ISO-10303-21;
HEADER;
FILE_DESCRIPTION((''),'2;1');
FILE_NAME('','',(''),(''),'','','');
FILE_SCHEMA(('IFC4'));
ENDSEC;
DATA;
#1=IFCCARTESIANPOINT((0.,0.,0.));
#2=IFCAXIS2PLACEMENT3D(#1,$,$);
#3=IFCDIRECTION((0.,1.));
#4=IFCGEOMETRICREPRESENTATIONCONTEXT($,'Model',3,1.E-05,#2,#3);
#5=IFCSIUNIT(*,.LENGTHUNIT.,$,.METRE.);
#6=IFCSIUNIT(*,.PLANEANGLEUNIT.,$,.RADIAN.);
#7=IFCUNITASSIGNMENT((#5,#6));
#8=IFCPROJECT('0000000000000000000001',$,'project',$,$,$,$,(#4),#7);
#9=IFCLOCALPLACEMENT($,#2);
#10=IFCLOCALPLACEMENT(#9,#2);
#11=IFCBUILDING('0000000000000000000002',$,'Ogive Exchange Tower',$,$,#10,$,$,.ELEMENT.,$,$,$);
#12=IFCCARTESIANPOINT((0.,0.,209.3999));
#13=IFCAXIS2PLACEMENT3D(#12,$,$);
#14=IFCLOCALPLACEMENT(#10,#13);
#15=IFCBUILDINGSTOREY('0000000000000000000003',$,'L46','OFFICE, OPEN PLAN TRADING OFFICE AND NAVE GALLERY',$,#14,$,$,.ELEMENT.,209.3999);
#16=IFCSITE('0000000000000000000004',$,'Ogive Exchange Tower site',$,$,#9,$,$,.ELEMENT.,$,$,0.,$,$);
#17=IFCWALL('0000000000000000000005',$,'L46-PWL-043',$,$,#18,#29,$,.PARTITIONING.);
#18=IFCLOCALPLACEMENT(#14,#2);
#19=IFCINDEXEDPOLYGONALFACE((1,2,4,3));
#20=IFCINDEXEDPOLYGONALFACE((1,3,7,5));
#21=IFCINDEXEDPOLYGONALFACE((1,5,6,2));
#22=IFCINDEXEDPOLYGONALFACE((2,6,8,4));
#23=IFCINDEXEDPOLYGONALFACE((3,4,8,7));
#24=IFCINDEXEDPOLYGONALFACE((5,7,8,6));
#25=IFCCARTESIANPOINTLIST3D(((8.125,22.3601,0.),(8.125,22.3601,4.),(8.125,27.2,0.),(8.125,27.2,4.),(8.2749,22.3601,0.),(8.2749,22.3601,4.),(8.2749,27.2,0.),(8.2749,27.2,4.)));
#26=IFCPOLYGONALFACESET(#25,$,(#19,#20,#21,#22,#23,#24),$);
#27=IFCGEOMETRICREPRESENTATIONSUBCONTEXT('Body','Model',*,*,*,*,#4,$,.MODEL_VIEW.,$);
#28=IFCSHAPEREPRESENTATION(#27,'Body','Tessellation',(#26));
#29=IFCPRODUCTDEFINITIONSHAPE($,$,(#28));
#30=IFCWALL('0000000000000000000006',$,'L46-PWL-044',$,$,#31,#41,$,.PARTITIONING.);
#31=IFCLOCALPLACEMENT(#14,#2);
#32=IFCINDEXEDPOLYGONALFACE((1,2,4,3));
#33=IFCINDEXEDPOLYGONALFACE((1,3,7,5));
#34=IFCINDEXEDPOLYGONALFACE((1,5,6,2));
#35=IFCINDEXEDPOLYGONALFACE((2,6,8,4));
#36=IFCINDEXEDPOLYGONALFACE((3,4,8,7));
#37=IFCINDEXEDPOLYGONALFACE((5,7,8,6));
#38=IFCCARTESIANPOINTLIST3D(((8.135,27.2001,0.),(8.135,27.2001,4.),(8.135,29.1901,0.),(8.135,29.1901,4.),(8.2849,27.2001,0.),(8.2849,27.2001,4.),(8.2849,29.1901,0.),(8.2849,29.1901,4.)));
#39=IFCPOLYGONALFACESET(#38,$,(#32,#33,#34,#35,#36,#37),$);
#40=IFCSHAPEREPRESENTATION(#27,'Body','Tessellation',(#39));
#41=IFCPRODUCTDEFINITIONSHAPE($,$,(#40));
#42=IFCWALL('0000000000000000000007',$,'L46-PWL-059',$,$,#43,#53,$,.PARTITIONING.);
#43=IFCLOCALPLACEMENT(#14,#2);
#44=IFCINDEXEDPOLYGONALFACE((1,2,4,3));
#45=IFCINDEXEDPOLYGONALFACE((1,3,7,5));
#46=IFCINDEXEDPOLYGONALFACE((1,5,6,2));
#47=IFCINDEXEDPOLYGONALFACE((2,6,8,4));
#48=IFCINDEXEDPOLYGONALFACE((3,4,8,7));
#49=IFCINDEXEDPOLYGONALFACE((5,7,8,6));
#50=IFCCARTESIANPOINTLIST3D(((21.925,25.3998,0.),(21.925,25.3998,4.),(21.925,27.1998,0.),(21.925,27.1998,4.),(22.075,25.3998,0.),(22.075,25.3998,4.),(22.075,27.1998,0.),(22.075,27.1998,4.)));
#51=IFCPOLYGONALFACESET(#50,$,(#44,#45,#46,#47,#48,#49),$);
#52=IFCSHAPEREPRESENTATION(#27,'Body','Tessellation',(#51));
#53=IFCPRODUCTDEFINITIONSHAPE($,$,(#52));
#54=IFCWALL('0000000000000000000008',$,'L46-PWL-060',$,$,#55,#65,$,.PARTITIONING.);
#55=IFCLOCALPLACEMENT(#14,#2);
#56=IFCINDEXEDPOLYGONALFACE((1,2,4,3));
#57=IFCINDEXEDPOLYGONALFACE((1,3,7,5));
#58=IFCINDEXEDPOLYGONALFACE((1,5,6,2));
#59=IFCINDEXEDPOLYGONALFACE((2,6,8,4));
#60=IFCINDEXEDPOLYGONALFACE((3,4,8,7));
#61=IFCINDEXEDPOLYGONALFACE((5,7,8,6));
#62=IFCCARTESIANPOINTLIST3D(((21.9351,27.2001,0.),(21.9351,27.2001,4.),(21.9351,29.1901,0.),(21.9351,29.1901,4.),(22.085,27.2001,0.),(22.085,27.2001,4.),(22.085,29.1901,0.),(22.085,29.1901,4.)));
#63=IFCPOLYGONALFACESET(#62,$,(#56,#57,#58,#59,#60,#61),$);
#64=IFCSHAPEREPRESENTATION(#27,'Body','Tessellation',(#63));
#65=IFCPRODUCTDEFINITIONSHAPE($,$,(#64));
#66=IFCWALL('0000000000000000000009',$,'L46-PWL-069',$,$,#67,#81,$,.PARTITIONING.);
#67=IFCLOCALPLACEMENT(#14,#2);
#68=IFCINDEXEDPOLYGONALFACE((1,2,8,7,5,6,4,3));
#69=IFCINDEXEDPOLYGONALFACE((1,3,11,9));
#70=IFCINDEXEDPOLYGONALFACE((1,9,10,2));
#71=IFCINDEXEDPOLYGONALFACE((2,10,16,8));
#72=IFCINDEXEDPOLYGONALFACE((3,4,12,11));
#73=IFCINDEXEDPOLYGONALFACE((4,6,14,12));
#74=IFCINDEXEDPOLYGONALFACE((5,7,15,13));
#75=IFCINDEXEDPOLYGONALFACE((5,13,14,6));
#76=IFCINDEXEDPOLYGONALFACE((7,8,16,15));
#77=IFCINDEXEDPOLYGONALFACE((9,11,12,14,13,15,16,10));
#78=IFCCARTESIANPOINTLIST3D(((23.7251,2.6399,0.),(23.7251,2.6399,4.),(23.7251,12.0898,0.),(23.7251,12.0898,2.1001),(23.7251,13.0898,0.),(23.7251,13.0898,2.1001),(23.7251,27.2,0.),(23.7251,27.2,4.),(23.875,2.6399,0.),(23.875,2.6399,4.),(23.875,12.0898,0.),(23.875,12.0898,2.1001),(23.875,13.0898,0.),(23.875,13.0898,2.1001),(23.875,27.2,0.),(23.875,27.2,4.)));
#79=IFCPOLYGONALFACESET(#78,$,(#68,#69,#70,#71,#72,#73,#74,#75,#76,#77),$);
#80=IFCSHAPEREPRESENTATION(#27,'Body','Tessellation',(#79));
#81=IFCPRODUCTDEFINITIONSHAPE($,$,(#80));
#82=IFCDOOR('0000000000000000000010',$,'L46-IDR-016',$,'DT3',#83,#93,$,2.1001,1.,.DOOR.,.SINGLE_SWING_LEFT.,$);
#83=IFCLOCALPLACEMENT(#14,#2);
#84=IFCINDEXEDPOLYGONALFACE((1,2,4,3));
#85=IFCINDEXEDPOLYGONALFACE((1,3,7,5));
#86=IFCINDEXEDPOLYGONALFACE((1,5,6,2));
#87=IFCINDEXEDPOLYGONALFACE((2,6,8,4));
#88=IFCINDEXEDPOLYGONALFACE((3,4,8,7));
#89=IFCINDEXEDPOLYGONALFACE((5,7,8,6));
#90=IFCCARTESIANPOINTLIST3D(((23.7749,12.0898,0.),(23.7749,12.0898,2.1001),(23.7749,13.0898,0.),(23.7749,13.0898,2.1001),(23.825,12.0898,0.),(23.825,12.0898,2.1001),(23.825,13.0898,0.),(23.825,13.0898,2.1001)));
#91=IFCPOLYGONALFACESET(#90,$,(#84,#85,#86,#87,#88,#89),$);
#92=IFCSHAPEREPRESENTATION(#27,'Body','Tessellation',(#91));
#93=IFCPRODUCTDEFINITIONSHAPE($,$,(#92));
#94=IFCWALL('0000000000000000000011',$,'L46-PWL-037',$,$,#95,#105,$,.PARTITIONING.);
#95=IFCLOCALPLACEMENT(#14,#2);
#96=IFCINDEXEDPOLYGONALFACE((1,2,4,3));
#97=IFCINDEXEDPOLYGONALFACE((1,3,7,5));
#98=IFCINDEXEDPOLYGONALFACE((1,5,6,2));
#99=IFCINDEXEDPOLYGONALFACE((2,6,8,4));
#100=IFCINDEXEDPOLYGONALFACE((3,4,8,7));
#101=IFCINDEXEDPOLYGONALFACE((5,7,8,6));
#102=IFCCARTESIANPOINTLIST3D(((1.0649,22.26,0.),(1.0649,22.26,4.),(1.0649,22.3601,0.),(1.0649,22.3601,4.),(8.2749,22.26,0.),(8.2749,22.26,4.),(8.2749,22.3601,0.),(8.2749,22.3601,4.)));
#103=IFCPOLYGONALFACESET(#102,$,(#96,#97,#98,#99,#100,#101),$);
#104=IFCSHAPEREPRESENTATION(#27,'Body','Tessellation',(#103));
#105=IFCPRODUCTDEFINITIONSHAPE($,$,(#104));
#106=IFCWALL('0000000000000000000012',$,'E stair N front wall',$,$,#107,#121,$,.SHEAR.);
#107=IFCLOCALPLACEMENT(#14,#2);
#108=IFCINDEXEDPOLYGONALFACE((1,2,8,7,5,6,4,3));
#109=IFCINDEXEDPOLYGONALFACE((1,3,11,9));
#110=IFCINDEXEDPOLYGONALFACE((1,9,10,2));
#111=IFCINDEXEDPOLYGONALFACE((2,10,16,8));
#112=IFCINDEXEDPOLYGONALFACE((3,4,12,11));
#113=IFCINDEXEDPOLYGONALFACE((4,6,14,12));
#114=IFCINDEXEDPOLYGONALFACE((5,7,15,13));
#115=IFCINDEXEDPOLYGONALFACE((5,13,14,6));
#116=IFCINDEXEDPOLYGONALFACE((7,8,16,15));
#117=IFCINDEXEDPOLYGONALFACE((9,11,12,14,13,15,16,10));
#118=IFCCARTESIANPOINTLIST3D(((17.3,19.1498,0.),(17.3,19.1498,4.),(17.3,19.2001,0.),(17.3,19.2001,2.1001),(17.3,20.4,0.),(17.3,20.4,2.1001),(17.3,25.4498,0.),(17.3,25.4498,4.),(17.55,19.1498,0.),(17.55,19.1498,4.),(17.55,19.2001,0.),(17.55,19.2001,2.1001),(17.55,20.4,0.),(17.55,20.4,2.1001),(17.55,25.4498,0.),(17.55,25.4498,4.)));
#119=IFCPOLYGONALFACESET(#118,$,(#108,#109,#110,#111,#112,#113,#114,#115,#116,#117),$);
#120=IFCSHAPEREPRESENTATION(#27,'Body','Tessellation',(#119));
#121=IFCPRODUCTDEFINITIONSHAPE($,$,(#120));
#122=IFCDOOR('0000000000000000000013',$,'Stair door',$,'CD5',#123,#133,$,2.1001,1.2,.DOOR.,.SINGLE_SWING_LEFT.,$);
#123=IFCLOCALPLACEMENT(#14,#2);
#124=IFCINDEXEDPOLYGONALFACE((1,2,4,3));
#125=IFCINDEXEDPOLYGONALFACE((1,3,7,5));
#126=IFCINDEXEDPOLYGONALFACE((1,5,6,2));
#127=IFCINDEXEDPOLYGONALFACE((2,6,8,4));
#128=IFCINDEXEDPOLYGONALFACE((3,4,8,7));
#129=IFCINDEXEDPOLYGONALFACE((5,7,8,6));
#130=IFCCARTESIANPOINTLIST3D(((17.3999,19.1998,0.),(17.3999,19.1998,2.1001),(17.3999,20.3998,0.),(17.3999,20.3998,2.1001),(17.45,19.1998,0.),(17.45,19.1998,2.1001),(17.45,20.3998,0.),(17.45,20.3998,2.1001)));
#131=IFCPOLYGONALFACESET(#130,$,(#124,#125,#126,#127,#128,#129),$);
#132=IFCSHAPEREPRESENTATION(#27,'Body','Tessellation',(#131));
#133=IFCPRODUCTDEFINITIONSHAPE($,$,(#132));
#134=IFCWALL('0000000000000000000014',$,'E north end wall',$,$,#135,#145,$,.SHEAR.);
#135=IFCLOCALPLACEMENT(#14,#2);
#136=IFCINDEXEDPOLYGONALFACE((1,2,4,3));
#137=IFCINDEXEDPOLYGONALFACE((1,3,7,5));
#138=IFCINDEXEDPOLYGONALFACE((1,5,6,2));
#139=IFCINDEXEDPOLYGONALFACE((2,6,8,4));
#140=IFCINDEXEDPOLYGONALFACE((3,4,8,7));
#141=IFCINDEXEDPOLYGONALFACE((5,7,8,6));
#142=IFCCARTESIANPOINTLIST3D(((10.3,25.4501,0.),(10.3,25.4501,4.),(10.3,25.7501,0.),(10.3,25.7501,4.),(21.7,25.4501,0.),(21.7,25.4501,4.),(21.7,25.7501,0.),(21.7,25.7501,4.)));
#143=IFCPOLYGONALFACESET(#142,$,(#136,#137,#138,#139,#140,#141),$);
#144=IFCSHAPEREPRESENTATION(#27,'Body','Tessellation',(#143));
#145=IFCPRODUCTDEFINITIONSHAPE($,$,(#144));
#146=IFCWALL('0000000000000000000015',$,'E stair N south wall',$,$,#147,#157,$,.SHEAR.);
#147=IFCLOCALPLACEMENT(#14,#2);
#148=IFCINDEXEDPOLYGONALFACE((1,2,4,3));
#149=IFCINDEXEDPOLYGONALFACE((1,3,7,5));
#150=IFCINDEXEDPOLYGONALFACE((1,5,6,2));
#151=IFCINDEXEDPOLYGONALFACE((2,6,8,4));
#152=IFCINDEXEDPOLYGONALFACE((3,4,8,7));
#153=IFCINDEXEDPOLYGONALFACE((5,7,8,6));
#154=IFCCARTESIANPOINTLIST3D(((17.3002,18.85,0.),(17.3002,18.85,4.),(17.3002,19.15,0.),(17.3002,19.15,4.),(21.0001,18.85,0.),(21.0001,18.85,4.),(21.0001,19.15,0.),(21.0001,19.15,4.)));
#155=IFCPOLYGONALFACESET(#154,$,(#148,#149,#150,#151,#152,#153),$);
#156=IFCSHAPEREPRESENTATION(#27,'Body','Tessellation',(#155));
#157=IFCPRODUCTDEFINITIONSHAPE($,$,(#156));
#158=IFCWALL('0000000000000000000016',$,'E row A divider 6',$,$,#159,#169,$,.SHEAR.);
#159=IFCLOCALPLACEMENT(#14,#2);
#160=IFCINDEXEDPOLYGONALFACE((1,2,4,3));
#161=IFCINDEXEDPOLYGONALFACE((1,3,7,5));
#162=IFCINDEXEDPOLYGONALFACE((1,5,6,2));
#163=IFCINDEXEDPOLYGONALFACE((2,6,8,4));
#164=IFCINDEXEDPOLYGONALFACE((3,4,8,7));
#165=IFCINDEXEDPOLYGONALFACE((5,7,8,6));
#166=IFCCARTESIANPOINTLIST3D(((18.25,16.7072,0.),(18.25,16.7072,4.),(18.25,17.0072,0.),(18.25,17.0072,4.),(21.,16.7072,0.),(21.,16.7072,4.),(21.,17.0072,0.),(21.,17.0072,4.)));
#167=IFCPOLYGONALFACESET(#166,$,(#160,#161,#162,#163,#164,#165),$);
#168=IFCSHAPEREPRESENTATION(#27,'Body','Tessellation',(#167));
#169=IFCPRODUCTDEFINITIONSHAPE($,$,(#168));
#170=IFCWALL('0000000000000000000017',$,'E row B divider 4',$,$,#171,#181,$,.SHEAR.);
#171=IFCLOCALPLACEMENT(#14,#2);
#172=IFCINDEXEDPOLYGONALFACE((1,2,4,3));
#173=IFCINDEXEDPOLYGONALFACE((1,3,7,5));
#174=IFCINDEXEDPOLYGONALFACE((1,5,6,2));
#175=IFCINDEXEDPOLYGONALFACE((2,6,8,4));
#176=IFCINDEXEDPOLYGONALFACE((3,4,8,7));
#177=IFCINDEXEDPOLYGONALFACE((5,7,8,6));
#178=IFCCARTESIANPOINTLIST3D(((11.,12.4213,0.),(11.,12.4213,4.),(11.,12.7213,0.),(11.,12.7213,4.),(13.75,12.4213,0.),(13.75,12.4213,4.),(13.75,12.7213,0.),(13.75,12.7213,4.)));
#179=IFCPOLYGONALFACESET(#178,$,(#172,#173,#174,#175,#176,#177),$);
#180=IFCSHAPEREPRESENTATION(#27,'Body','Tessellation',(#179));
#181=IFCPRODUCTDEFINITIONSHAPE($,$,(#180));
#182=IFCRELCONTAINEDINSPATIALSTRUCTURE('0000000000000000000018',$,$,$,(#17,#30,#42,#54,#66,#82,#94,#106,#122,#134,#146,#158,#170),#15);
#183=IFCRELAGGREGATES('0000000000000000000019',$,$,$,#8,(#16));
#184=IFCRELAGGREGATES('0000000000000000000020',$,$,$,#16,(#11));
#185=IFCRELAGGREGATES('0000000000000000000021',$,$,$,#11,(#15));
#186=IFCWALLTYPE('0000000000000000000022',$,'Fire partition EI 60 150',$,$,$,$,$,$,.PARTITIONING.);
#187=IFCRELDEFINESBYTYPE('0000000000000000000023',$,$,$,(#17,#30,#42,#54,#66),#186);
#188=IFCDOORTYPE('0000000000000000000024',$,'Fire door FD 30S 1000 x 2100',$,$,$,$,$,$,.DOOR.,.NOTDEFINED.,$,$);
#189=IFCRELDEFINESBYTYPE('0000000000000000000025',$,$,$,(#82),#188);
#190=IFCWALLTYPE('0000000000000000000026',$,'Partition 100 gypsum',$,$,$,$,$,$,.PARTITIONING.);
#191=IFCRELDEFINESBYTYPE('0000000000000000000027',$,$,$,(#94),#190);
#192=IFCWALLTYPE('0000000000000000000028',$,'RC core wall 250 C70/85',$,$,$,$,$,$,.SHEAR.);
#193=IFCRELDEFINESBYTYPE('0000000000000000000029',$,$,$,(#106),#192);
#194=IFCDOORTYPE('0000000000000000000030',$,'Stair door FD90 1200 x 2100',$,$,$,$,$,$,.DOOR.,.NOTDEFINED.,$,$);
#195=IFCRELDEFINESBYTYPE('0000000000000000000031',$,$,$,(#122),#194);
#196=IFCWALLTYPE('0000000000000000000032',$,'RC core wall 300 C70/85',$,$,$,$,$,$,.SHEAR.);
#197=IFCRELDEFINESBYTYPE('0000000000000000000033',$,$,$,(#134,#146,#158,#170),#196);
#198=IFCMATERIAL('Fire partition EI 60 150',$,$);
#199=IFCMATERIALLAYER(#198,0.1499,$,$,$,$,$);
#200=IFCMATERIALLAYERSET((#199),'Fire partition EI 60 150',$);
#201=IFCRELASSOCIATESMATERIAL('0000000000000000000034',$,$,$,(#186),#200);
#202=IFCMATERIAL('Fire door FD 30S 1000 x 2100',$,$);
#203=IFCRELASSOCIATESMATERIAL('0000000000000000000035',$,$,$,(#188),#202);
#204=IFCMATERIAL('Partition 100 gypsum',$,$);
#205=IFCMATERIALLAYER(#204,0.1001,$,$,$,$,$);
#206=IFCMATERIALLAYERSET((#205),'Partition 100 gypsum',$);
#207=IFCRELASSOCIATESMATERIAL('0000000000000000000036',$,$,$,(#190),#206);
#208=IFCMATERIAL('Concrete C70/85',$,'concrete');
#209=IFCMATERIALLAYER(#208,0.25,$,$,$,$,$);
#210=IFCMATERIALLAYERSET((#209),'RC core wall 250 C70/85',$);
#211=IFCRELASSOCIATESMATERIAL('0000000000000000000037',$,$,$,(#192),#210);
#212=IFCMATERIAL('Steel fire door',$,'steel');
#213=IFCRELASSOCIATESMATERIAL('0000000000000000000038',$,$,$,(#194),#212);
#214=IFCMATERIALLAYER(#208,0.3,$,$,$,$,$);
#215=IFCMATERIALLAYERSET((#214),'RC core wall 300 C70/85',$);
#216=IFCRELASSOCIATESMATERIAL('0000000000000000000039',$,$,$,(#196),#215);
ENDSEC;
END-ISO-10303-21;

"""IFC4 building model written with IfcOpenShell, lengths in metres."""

from ifc_helpers import new_model, si_unit, direction, frame, frame_2d, origin, place, context, subcontext, project, spatial, rectangle, extrude, material, layer, layer_set, type_object, element, fill, save


model = new_model("IFC4")

# Units and contexts
model_context = context("Model", 3, precision=1e-05, world=origin(), true_north=direction((0.0, 1.0)))
body_context = subcontext(model_context, "Body", "Model", "MODEL_VIEW")
ifc_project = project(units=[si_unit("LENGTHUNIT", "METRE"), si_unit("PLANEANGLEUNIT", "RADIAN")], contexts=[model_context])

# Site, building, storey
site_placement = place(None, origin())
site = spatial("IfcSite", under=ifc_project, at=site_placement, Name="Ogive Exchange Tower site", CompositionType="ELEMENT", RefElevation=0.0)
building_placement = place(site_placement, origin())
building = spatial("IfcBuilding", under=site, at=building_placement, Name="Ogive Exchange Tower", CompositionType="ELEMENT")
storey_placement = place(building_placement, frame((0.0, 0.0, 209.3999)))
storey = spatial("IfcBuildingStorey", under=building, at=storey_placement, Name="L46", Description="OFFICE, OPEN PLAN TRADING OFFICE AND NAVE GALLERY", CompositionType="ELEMENT", Elevation=209.3999)

# Shared definitions
ifc_material_1 = material(Name="Fire partition EI 60 150")
ifc_layer_1 = layer(ifc_material_1, 0.1499)
ifc_layer_set_1 = layer_set([ifc_layer_1], Name="Fire partition EI 60 150")
wall_type_1 = type_object("IfcWallType", Name="Fire partition EI 60 150", PredefinedType="PARTITIONING", material=ifc_layer_set_1)
ifc_material_2 = material(Name="Fire door FD 30S 1000 x 2100")
door_type_1 = type_object("IfcDoorType", Name="Fire door FD 30S 1000 x 2100", OperationType="NOTDEFINED", PredefinedType="DOOR", material=ifc_material_2)

# Walls
wall_1_placement = place(storey_placement, frame((8.2, 22.3601, 0.0), z_axis=(0.0, 0.0, 1.0), x_axis=(0.0, 1.0, 0.0)))
element("IfcWall", 1, at=wall_1_placement, inside=storey, type_object=wall_type_1, Name="L46-PWL-043", PredefinedType="PARTITIONING", context=body_context, shape_type="SweptSolid", body=[
    extrude(rectangle(XDim=4.8398, YDim=0.1499, at=frame_2d((2.4199, 0.0))), origin(), (0.0, 0.0, 1.0), 4.0),
])
wall_2_placement = place(storey_placement, frame((8.21, 27.2, 0.0), z_axis=(0.0, 0.0, 1.0), x_axis=(0.0, 1.0, 0.0)))
element("IfcWall", 2, at=wall_2_placement, inside=storey, type_object=wall_type_1, Name="L46-PWL-044", PredefinedType="PARTITIONING", context=body_context, shape_type="SweptSolid", body=[
    extrude(rectangle(XDim=1.99, YDim=0.1499, at=frame_2d((0.9951, 0.0))), origin(), (0.0, 0.0, 1.0), 4.0),
])
wall_3_placement = place(storey_placement, frame((22.0, 25.3999, 0.0), z_axis=(0.0, 0.0, 1.0), x_axis=(0.0, 1.0, 0.0)))
element("IfcWall", 3, at=wall_3_placement, inside=storey, type_object=wall_type_1, Name="L46-PWL-059", PredefinedType="PARTITIONING", context=body_context, shape_type="SweptSolid", body=[
    extrude(rectangle(XDim=1.8, YDim=0.1499, at=frame_2d((0.8999, 0.0))), origin(), (0.0, 0.0, 1.0), 4.0),
])
wall_4_placement = place(storey_placement, frame((22.01, 27.2, 0.0), z_axis=(0.0, 0.0, 1.0), x_axis=(0.0, 1.0, 0.0)))
element("IfcWall", 4, at=wall_4_placement, inside=storey, type_object=wall_type_1, Name="L46-PWL-060", PredefinedType="PARTITIONING", context=body_context, shape_type="SweptSolid", body=[
    extrude(rectangle(XDim=1.99, YDim=0.1499, at=frame_2d((0.9951, 0.0))), origin(), (0.0, 0.0, 1.0), 4.0),
])

# Wall, opening, door
wall_5_placement = place(storey_placement, frame((23.8, 27.2, 0.0), z_axis=(0.0, 0.0, 1.0), x_axis=(0.0, -1.0, 0.0)))
wall_5 = element("IfcWall", 5, at=wall_5_placement, inside=storey, type_object=wall_type_1, Name="L46-PWL-069", PredefinedType="PARTITIONING", context=body_context, shape_type="SweptSolid", body=[
    extrude(rectangle(XDim=24.5601, YDim=0.1499, at=frame_2d((12.28, 0.0))), origin(), (0.0, 0.0, 1.0), 4.0),
])
opening_1_placement = place(wall_5_placement, frame((14.1101, 0.0, 0.0)))
opening_1 = element("IfcOpeningElement", 6, at=opening_1_placement, cuts=wall_5, PredefinedType="OPENING", context=body_context, shape_type="SweptSolid", body=[
    extrude(rectangle(XDim=1.0, YDim=2.1001, at=frame_2d((0.5, 1.05))), frame((0.0, 0.085, 0.0), z_axis=(0.0, -1.0, 0.0), x_axis=(1.0, 0.0, 0.0)), (0.0, 0.0, 1.0), 0.1699),
])
door_1_placement = place(opening_1_placement, origin())
door_1 = element("IfcDoor", 7, at=door_1_placement, inside=storey, type_object=door_type_1, Name="L46-IDR-016", ObjectType="DT3", OperationType="SINGLE_SWING_LEFT", OverallHeight=2.1001, OverallWidth=1.0, PredefinedType="DOOR", context=body_context, shape_type="SweptSolid", body=[
    extrude(rectangle(XDim=1.0, YDim=2.1001, at=frame_2d((0.5, 1.05))), frame((0.0, 0.0249, 0.0), z_axis=(0.0, -1.0, 0.0), x_axis=(1.0, 0.0, 0.0)), (0.0, 0.0, 1.0), 0.05),
])
fill(opening_1, door_1)

# Wall
ifc_material_3 = material(Name="Partition 100 gypsum")
ifc_layer_2 = layer(ifc_material_3, 0.1001)
ifc_layer_set_2 = layer_set([ifc_layer_2], Name="Partition 100 gypsum")
wall_type_2 = type_object("IfcWallType", Name="Partition 100 gypsum", PredefinedType="PARTITIONING", material=ifc_layer_set_2)
wall_6_placement = place(storey_placement, frame((1.0649, 22.3101, 0.0), z_axis=(0.0, 0.0, 1.0), x_axis=(1.0, 0.0, 0.0)))
element("IfcWall", 8, at=wall_6_placement, inside=storey, type_object=wall_type_2, Name="L46-PWL-037", PredefinedType="PARTITIONING", context=body_context, shape_type="SweptSolid", body=[
    extrude(rectangle(XDim=7.21, YDim=0.1001, at=frame_2d((3.605, 0.0))), origin(), (0.0, 0.0, 1.0), 4.0),
])

# Wall, opening, door
ifc_material_4 = material(Name="Concrete C70/85", Category="concrete")
ifc_layer_3 = layer(ifc_material_4, 0.25)
ifc_layer_set_3 = layer_set([ifc_layer_3], Name="RC core wall 250 C70/85")
wall_type_3 = type_object("IfcWallType", Name="RC core wall 250 C70/85", PredefinedType="SHEAR", material=ifc_layer_set_3)
wall_7_placement = place(storey_placement, frame((17.425, 19.1499, 0.0), z_axis=(0.0, 0.0, 1.0), x_axis=(0.0, 1.0, 0.0)))
wall_7 = element("IfcWall", 9, at=wall_7_placement, inside=storey, type_object=wall_type_3, Name="E stair N front wall", PredefinedType="SHEAR", context=body_context, shape_type="SweptSolid", body=[
    extrude(rectangle(XDim=6.3, YDim=0.25, at=frame_2d((3.1499, 0.0))), origin(), (0.0, 0.0, 1.0), 4.0),
])
opening_2_placement = place(wall_7_placement, frame((0.05, 0.0, 0.0)))
opening_2 = element("IfcOpeningElement", 10, at=opening_2_placement, cuts=wall_7, PredefinedType="OPENING", context=body_context, shape_type="SweptSolid", body=[
    extrude(rectangle(XDim=1.2, YDim=2.1001, at=frame_2d((0.6001, 1.05))), frame((0.0, 0.135, 0.0), z_axis=(0.0, -1.0, 0.0), x_axis=(1.0, 0.0, 0.0)), (0.0, 0.0, 1.0), 0.27),
])
ifc_material_5 = material(Name="Steel fire door", Category="steel")
door_type_2 = type_object("IfcDoorType", Name="Stair door FD90 1200 x 2100", OperationType="NOTDEFINED", PredefinedType="DOOR", material=ifc_material_5)
door_2_placement = place(opening_2_placement, frame((1.2, 0.0, 0.0), z_axis=(0.0, 0.0, 1.0), x_axis=(-1.0, 0.0, 0.0)))
door_2 = element("IfcDoor", 11, at=door_2_placement, inside=storey, type_object=door_type_2, Name="Stair door", ObjectType="CD5", OperationType="SINGLE_SWING_LEFT", OverallHeight=2.1001, OverallWidth=1.2, PredefinedType="DOOR", context=body_context, shape_type="SweptSolid", body=[
    extrude(rectangle(XDim=1.2, YDim=2.1001, at=frame_2d((0.6001, 1.05))), frame((0.0, 0.0249, 0.0), z_axis=(0.0, -1.0, 0.0), x_axis=(1.0, 0.0, 0.0)), (0.0, 0.0, 1.0), 0.05),
])
fill(opening_2, door_2)

# Walls
ifc_layer_4 = layer(ifc_material_4, 0.3)
ifc_layer_set_4 = layer_set([ifc_layer_4], Name="RC core wall 300 C70/85")
wall_type_4 = type_object("IfcWallType", Name="RC core wall 300 C70/85", PredefinedType="SHEAR", material=ifc_layer_set_4)
wall_8_placement = place(storey_placement, frame((10.3, 25.6001, 0.0), z_axis=(0.0, 0.0, 1.0), x_axis=(1.0, 0.0, 0.0)))
element("IfcWall", 12, at=wall_8_placement, inside=storey, type_object=wall_type_4, Name="E north end wall", PredefinedType="SHEAR", context=body_context, shape_type="SweptSolid", body=[
    extrude(rectangle(XDim=11.3999, YDim=0.3, at=frame_2d((5.7, 0.0))), origin(), (0.0, 0.0, 1.0), 4.0),
])
wall_9_placement = place(storey_placement, frame((17.3, 19.0, 0.0), z_axis=(0.0, 0.0, 1.0), x_axis=(1.0, 0.0, 0.0)))
element("IfcWall", 13, at=wall_9_placement, inside=storey, type_object=wall_type_4, Name="E stair N south wall", PredefinedType="SHEAR", context=body_context, shape_type="SweptSolid", body=[
    extrude(rectangle(XDim=3.7, YDim=0.3, at=frame_2d((1.8501, 0.0))), origin(), (0.0, 0.0, 1.0), 4.0),
])
for number, where, z_axis, x_axis, name in (
    (14, (18.25, 16.8572, 0.0), (0.0, 0.0, 1.0), (1.0, 0.0, 0.0), "E row A divider 6"),
    (15, (11.0, 12.5713, 0.0), (0.0, 0.0, 1.0), (1.0, 0.0, 0.0), "E row B divider 4"),
):
    element("IfcWall", number, at=place(storey_placement, frame(where, z_axis=z_axis, x_axis=x_axis)), inside=storey, type_object=wall_type_4, Name=name, PredefinedType="SHEAR", context=body_context, shape_type="SweptSolid", body=[
        extrude(rectangle(XDim=2.75, YDim=0.3, at=frame_2d((1.375, 0.0))), origin(), (0.0, 0.0, 1.0), 4.0),
    ])

save(model, "model.ifc")
